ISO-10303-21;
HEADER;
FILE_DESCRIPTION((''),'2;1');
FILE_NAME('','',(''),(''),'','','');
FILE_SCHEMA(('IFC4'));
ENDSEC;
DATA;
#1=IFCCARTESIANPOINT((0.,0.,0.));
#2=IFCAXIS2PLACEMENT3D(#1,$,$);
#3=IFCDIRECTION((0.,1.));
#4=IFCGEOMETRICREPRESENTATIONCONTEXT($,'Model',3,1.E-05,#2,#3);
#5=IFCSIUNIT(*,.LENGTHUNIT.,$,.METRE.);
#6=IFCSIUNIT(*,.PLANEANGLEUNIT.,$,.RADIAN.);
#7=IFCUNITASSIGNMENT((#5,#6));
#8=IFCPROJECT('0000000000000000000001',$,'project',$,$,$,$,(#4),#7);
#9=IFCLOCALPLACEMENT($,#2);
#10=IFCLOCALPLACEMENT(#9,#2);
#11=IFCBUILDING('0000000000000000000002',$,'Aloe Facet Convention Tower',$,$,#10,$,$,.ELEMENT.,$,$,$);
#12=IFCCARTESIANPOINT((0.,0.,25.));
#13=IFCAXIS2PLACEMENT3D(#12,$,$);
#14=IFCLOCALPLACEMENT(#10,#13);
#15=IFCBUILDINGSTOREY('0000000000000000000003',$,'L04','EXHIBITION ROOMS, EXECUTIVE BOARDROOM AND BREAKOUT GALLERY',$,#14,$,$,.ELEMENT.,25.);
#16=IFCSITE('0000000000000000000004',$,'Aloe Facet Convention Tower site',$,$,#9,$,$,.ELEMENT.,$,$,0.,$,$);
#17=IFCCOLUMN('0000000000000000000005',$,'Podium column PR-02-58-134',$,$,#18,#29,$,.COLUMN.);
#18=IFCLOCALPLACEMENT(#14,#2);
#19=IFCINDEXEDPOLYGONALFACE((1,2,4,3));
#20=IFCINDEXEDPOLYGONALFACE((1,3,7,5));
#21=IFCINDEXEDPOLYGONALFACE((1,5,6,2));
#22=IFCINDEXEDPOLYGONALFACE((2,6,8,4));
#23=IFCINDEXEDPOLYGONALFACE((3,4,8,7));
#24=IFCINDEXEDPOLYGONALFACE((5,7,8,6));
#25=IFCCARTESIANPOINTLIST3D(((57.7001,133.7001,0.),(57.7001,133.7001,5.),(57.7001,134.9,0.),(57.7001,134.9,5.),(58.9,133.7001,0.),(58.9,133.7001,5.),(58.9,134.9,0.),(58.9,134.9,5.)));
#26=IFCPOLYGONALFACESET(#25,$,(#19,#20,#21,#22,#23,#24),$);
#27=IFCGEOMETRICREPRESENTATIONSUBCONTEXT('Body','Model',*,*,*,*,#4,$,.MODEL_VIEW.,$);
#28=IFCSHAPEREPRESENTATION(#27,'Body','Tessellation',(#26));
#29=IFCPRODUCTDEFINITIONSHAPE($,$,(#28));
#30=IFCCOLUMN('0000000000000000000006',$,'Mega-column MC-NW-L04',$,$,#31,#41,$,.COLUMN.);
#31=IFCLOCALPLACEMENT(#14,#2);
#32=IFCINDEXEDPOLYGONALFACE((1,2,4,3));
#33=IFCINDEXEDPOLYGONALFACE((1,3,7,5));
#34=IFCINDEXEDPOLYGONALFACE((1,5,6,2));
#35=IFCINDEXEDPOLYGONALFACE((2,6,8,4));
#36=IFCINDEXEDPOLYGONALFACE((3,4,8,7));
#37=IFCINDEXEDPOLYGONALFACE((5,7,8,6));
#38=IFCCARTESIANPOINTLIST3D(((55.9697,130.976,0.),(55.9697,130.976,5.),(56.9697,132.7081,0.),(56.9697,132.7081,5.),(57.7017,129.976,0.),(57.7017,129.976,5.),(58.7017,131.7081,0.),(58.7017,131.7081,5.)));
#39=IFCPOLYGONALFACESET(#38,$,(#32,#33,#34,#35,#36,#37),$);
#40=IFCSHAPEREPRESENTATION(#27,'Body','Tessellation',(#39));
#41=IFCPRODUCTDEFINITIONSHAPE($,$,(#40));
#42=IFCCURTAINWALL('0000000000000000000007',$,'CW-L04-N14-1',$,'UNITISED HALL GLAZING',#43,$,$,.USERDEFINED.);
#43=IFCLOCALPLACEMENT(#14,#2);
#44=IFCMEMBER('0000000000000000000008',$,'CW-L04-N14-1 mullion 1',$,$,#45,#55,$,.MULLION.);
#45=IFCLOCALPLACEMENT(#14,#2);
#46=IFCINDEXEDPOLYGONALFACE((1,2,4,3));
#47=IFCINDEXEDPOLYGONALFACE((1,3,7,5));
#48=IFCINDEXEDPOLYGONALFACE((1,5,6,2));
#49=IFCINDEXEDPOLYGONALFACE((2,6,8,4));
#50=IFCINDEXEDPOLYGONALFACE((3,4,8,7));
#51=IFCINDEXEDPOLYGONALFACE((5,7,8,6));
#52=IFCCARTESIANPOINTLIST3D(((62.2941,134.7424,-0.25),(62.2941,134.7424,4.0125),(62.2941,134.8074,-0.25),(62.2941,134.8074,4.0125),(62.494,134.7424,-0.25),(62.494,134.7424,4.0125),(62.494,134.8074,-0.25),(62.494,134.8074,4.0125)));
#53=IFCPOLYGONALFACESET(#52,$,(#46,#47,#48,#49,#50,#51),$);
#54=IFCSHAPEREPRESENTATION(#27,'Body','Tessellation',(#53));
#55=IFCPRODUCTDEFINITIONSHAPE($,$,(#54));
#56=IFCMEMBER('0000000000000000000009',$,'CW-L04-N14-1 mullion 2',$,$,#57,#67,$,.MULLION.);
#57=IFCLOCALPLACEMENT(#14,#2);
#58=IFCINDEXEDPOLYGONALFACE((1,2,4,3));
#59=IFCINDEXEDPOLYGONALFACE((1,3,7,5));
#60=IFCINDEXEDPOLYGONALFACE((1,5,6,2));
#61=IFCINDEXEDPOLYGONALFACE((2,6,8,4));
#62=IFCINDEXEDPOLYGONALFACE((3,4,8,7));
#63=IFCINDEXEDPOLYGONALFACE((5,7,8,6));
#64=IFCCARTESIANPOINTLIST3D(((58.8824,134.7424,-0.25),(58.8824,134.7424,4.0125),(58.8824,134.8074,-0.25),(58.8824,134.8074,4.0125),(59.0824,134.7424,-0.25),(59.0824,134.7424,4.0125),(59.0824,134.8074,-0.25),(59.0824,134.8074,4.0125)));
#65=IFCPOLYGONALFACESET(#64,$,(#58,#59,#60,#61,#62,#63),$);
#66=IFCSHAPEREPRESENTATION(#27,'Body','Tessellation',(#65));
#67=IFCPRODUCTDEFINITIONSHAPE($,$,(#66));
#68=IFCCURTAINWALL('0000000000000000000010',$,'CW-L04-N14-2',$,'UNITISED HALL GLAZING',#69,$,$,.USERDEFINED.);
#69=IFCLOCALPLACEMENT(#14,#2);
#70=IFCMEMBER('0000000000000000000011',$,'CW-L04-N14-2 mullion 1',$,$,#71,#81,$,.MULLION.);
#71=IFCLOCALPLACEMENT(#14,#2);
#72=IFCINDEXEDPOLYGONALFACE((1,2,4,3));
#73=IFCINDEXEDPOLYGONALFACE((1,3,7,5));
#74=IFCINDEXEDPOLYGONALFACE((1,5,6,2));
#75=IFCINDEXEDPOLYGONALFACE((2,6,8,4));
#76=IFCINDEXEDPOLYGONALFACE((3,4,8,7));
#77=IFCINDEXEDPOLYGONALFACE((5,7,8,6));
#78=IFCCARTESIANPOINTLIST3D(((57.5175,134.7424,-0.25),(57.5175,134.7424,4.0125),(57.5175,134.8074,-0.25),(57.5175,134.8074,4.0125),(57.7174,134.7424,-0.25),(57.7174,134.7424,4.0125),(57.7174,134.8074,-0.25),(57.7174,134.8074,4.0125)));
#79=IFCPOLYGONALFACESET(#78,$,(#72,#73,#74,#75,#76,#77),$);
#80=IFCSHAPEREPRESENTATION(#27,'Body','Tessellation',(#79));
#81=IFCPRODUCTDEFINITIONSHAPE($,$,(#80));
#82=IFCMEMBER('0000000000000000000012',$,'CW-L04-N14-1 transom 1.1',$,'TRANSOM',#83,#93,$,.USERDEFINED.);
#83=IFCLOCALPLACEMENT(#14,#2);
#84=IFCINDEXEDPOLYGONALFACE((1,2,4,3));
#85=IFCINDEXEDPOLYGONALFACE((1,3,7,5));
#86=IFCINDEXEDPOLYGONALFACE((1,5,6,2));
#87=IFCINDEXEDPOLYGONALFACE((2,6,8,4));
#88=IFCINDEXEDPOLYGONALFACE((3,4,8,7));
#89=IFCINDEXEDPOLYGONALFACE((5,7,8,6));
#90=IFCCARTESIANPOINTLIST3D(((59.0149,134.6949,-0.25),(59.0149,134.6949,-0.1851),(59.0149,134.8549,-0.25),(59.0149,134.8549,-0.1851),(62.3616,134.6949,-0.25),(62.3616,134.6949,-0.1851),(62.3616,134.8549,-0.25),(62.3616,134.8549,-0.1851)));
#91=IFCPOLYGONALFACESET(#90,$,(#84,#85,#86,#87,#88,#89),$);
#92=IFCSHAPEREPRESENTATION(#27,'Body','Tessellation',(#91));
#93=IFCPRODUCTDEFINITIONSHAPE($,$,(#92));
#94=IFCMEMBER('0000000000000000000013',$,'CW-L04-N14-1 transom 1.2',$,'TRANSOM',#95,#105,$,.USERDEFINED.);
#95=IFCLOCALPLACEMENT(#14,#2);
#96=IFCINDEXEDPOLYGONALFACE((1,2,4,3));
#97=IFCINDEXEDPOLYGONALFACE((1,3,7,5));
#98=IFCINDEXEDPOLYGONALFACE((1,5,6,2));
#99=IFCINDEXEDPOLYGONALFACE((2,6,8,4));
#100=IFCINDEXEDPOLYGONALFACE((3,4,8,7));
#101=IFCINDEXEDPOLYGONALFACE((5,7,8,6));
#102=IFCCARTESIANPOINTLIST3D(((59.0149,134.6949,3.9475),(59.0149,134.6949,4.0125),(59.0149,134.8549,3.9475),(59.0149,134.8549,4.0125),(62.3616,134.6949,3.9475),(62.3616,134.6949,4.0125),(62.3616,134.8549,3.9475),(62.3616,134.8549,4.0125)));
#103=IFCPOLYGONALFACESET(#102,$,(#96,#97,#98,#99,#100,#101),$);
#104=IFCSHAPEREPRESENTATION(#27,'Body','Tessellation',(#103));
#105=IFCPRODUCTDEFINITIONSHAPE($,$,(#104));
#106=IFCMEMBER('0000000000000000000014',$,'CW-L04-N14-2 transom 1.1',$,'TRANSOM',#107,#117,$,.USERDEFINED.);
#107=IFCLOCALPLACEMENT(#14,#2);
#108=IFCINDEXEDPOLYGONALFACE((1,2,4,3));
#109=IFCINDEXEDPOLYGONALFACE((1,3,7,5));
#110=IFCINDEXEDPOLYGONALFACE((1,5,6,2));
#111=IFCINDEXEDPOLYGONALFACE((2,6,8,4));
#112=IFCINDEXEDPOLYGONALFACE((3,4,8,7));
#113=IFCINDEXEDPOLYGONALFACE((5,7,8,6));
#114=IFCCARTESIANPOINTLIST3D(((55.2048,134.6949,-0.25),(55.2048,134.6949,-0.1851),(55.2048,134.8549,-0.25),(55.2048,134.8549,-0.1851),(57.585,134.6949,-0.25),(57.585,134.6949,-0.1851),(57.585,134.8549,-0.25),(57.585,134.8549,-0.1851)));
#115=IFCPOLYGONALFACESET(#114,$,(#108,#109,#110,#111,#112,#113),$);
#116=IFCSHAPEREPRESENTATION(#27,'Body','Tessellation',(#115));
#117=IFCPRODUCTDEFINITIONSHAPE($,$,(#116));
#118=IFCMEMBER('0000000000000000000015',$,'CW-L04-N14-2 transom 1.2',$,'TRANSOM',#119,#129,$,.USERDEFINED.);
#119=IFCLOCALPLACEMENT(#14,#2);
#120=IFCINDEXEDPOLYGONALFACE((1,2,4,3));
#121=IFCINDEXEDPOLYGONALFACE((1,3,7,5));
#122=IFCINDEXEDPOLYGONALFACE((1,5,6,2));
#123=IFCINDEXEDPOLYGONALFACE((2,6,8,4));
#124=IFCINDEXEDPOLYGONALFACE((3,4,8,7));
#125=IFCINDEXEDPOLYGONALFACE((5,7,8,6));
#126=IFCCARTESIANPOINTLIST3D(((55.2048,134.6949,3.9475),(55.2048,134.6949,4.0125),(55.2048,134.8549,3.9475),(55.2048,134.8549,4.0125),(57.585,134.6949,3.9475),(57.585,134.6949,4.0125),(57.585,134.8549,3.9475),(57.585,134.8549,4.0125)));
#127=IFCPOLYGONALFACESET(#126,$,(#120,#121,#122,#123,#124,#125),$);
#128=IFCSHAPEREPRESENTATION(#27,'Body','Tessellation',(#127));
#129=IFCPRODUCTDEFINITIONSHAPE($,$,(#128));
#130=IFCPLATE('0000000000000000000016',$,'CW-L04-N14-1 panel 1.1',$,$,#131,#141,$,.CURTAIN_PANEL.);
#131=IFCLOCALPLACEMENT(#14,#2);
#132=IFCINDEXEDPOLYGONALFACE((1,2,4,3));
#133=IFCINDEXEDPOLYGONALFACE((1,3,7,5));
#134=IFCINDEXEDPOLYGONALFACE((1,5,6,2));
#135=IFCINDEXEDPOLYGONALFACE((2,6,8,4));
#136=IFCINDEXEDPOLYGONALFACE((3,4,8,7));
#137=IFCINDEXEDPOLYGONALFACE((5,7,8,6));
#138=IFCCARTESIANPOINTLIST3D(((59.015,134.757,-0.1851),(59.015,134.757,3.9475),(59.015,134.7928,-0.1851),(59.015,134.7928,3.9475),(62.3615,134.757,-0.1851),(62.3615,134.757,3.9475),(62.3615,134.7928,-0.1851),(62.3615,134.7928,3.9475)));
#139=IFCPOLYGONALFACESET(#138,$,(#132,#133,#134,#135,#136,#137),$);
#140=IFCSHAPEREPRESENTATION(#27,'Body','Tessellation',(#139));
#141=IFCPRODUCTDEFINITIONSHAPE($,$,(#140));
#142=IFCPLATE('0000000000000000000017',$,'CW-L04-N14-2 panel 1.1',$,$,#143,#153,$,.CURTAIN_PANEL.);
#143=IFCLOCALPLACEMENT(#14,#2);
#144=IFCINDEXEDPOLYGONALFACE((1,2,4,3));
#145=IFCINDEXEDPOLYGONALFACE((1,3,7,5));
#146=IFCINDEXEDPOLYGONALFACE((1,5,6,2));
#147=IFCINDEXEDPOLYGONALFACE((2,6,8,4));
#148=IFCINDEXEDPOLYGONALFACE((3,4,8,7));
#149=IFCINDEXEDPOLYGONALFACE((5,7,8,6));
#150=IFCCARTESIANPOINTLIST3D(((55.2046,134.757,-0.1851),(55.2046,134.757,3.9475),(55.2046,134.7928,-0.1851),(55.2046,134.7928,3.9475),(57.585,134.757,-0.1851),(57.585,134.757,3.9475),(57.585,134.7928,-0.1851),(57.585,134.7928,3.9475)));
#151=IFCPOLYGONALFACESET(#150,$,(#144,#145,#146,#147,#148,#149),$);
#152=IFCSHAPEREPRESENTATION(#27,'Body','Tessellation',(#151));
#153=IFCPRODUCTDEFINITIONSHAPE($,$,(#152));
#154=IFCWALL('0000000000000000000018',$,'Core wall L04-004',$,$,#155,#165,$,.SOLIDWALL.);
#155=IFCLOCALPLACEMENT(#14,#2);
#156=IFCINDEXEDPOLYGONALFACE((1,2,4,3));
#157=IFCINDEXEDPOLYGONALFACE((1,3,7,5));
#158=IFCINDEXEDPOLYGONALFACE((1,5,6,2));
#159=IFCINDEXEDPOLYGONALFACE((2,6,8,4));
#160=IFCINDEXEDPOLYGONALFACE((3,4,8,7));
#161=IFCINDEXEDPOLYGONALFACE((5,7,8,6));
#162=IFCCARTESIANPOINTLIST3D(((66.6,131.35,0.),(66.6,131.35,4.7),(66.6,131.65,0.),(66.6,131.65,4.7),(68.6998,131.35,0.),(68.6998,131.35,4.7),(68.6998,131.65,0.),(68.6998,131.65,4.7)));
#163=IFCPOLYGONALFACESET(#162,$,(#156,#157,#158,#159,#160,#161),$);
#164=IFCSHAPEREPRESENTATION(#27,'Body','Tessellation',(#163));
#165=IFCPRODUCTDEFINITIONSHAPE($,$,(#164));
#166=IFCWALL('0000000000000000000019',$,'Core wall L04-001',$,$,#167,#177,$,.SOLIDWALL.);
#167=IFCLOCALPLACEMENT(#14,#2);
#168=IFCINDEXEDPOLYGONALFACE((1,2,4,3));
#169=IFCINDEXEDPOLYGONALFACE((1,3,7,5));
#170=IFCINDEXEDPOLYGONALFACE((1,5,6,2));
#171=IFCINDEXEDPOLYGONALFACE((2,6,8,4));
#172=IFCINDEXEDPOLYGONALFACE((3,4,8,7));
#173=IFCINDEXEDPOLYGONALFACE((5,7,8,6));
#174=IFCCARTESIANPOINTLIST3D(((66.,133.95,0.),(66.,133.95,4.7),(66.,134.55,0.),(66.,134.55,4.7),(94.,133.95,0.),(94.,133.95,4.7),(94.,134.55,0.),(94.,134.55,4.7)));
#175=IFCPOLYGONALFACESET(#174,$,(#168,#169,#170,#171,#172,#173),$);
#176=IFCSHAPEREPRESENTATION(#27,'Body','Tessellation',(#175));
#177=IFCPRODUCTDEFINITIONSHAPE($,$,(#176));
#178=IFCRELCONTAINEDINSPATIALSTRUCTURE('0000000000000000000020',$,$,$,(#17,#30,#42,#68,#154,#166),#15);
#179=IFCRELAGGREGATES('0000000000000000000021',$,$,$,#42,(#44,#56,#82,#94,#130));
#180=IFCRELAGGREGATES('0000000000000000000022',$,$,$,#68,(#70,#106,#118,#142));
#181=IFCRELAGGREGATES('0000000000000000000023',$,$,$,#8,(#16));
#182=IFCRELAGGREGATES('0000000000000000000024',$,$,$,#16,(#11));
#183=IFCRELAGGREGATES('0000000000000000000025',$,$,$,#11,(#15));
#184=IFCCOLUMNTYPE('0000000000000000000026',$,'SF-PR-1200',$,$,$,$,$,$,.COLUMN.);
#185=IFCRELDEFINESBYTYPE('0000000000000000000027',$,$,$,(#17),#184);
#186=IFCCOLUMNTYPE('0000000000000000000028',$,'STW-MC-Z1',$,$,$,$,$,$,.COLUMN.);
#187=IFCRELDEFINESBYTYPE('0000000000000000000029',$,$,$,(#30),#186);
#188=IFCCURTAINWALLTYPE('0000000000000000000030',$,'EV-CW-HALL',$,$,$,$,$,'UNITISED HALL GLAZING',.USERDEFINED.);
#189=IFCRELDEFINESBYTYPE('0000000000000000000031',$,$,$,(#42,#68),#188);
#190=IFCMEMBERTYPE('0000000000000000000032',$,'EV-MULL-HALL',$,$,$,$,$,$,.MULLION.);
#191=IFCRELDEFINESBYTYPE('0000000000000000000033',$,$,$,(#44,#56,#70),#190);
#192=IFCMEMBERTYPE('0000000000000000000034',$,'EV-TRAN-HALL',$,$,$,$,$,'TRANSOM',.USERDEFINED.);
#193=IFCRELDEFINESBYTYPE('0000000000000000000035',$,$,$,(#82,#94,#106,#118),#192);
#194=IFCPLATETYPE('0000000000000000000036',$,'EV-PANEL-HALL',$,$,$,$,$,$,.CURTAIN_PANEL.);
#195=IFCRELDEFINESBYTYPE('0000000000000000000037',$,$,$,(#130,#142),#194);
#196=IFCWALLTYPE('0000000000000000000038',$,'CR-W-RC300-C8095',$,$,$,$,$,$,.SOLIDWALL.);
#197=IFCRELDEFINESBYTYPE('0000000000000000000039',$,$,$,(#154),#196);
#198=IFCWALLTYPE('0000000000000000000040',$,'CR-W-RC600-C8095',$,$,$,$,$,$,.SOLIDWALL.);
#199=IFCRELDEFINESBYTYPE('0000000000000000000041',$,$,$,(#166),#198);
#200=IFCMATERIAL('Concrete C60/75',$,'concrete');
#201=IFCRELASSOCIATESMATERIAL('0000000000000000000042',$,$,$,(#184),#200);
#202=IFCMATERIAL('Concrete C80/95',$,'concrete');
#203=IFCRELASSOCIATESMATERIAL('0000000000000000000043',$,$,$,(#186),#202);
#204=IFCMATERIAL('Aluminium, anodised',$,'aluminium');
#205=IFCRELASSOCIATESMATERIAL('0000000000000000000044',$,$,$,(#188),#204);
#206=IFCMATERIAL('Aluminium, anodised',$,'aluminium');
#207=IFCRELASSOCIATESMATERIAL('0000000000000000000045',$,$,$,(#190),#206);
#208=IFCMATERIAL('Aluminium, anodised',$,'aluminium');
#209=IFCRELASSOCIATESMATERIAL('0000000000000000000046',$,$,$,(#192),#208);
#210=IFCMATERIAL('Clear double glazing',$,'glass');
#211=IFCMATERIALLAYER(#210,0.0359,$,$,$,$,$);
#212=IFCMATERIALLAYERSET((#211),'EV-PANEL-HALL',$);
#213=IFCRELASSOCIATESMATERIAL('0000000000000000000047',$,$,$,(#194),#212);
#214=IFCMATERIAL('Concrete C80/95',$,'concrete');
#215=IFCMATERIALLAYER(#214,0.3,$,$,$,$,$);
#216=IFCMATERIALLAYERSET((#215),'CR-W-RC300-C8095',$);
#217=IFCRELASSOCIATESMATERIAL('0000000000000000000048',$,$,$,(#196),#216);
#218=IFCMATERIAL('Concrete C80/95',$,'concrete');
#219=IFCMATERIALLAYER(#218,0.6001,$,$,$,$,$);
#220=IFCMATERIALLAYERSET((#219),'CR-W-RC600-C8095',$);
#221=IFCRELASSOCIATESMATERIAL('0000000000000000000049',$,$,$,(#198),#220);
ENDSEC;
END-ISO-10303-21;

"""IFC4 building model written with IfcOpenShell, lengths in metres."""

from ifc_helpers import new_model, si_unit, direction, frame, frame_2d, origin, origin_2d, place, context, subcontext, project, spatial, rectangle, extrude, material, layer, layer_set, material_profile, profile_set, type_object, element, aggregate, save


model = new_model("IFC4")

# Units and contexts
model_context = context("Model", 3, precision=1e-05, world=origin(), true_north=direction((0.0, 1.0)))
body_context = subcontext(model_context, "Body", "Model", "MODEL_VIEW")
ifc_project = project(units=[si_unit("LENGTHUNIT", "METRE"), si_unit("PLANEANGLEUNIT", "RADIAN")], contexts=[model_context])

# Site, building, storey
site_placement = place(None, origin())
site = spatial("IfcSite", under=ifc_project, at=site_placement, Name="Aloe Facet Convention Tower site", CompositionType="ELEMENT", RefElevation=0.0)
building_placement = place(site_placement, origin())
building = spatial("IfcBuilding", under=site, at=building_placement, Name="Aloe Facet Convention Tower", CompositionType="ELEMENT")
storey_placement = place(building_placement, frame((0.0, 0.0, 25.0)))
storey = spatial("IfcBuildingStorey", under=building, at=storey_placement, Name="L04", Description="EXHIBITION ROOMS, EXECUTIVE BOARDROOM AND BREAKOUT GALLERY", CompositionType="ELEMENT", Elevation=25.0)

# Columns
ifc_material_1 = material(Name="Concrete C60/75", Category="concrete")
ifc_material_profile_1 = material_profile(ifc_material_1, rectangle(XDim=1.2, YDim=1.2, at=origin_2d()), Name="SF-PR-1200")
ifc_profile_set_1 = profile_set([ifc_material_profile_1], Name="Concrete C60/75")
column_type_1 = type_object("IfcColumnType", Name="SF-PR-1200", PredefinedType="COLUMN", material=ifc_profile_set_1)
column_1_placement = place(storey_placement, frame((58.3, 134.3, 0.0), z_axis=(0.0, 0.0, 1.0), x_axis=(1.0, 0.0, 0.0)))
element("IfcColumn", 1, at=column_1_placement, inside=storey, type_object=column_type_1, Name="Podium column PR-02-58-134", PredefinedType="COLUMN", context=body_context, shape_type="SweptSolid", body=[
    extrude(rectangle(XDim=1.2, YDim=1.2, at=origin_2d()), origin(), (0.0, 0.0, 1.0), 5.0),
])
ifc_material_2 = material(Name="Concrete C80/95", Category="concrete")
ifc_material_profile_2 = material_profile(ifc_material_2, rectangle(XDim=2.0, YDim=2.0, at=origin_2d()), Name="STW-MC-Z1")
ifc_profile_set_2 = profile_set([ifc_material_profile_2], Name="Concrete C80/95")
column_type_2 = type_object("IfcColumnType", Name="STW-MC-Z1", PredefinedType="COLUMN", material=ifc_profile_set_2)
column_2_placement = place(storey_placement, frame((57.3357, 131.342, 0.0), z_axis=(0.0, 0.0, 1.0), x_axis=(-0.5, -0.866025, 0.0)))
element("IfcColumn", 2, at=column_2_placement, inside=storey, type_object=column_type_2, Name="Mega-column MC-NW-L04", PredefinedType="COLUMN", context=body_context, shape_type="SweptSolid", body=[
    extrude(rectangle(XDim=2.0, YDim=2.0, at=origin_2d()), origin(), (0.0, 0.0, 1.0), 5.0),
])

# Curtain wall, members
ifc_material_3 = material(Name="Aluminium, anodised", Category="aluminium")
curtain_wall_type = type_object("IfcCurtainWallType", Name="EV-CW-HALL", ElementType="UNITISED HALL GLAZING", PredefinedType="USERDEFINED", material=ifc_material_3)
curtain_wall_1_placement = place(storey_placement, origin())
curtain_wall_1 = element("IfcCurtainWall", 3, at=curtain_wall_1_placement, inside=storey, type_object=curtain_wall_type, Name="CW-L04-N14-1", ObjectType="UNITISED HALL GLAZING", PredefinedType="USERDEFINED")
ifc_material_4 = material(Name="Aluminium, anodised", Category="aluminium")
ifc_material_profile_3 = material_profile(ifc_material_4, rectangle(XDim=0.0649, YDim=0.2, at=origin_2d()), Name="AL 65x200")
ifc_profile_set_3 = profile_set([ifc_material_profile_3], Name="Aluminium, anodised")
member_type_1 = type_object("IfcMemberType", Name="EV-MULL-HALL", PredefinedType="MULLION", material=ifc_profile_set_3)
member_1_placement = place(storey_placement, frame((62.394, 134.7749, -0.25), z_axis=(0.0, 0.0, 1.0), x_axis=(0.0, -1.0, 0.0)))
member_1 = element("IfcMember", 4, at=member_1_placement, type_object=member_type_1, Name="CW-L04-N14-1 mullion 1", PredefinedType="MULLION", context=body_context, shape_type="SweptSolid", body=[
    extrude(rectangle(XDim=0.0649, YDim=0.2, at=origin_2d()), origin(), (0.0, 0.0, 1.0), 4.2625),
])
member_2_placement = place(storey_placement, frame((58.9824, 134.7749, -0.25), z_axis=(0.0, 0.0, 1.0), x_axis=(0.0, -1.0, 0.0)))
member_2 = element("IfcMember", 5, at=member_2_placement, type_object=member_type_1, Name="CW-L04-N14-1 mullion 2", PredefinedType="MULLION", context=body_context, shape_type="SweptSolid", body=[
    extrude(rectangle(XDim=0.0649, YDim=0.2, at=origin_2d()), origin(), (0.0, 0.0, 1.0), 4.2625),
])

# Curtain wall, member
curtain_wall_2_placement = place(storey_placement, origin())
curtain_wall_2 = element("IfcCurtainWall", 6, at=curtain_wall_2_placement, inside=storey, type_object=curtain_wall_type, Name="CW-L04-N14-2", ObjectType="UNITISED HALL GLAZING", PredefinedType="USERDEFINED")
member_3_placement = place(storey_placement, frame((57.6174, 134.7749, -0.25), z_axis=(0.0, 0.0, 1.0), x_axis=(0.0, -1.0, 0.0)))
member_3 = element("IfcMember", 7, at=member_3_placement, type_object=member_type_1, Name="CW-L04-N14-2 mullion 1", PredefinedType="MULLION", context=body_context, shape_type="SweptSolid", body=[
    extrude(rectangle(XDim=0.0649, YDim=0.2, at=origin_2d()), origin(), (0.0, 0.0, 1.0), 4.2625),
])

# Members
ifc_material_5 = material(Name="Aluminium, anodised", Category="aluminium")
ifc_material_profile_4 = material_profile(ifc_material_5, rectangle(XDim=0.1599, YDim=0.0649, at=origin_2d()), Name="AL 160x65")
ifc_profile_set_4 = profile_set([ifc_material_profile_4], Name="Aluminium, anodised")
member_type_2 = type_object("IfcMemberType", Name="EV-TRAN-HALL", ElementType="TRANSOM", PredefinedType="USERDEFINED", material=ifc_profile_set_4)
member_4_placement = place(storey_placement, frame((62.3616, 134.7749, -0.2175), z_axis=(-1.0, 0.0, 0.0), x_axis=(0.0, -1.0, 0.0)))
member_4 = element("IfcMember", 8, at=member_4_placement, type_object=member_type_2, Name="CW-L04-N14-1 transom 1.1", ObjectType="TRANSOM", PredefinedType="USERDEFINED", context=body_context, shape_type="SweptSolid", body=[
    extrude(rectangle(XDim=0.1599, YDim=0.0649, at=origin_2d()), origin(), (0.0, 0.0, 1.0), 3.3467),
])
member_5_placement = place(storey_placement, frame((62.3616, 134.7749, 3.98), z_axis=(-1.0, 0.0, 0.0), x_axis=(0.0, -1.0, 0.0)))
member_5 = element("IfcMember", 9, at=member_5_placement, type_object=member_type_2, Name="CW-L04-N14-1 transom 1.2", ObjectType="TRANSOM", PredefinedType="USERDEFINED", context=body_context, shape_type="SweptSolid", body=[
    extrude(rectangle(XDim=0.1599, YDim=0.0649, at=origin_2d()), origin(), (0.0, 0.0, 1.0), 3.3467),
])
member_6_placement = place(storey_placement, frame((57.585, 134.7749, -0.2175), z_axis=(-1.0, 0.0, 0.0), x_axis=(0.0, -1.0, 0.0)))
member_6 = element("IfcMember", 10, at=member_6_placement, type_object=member_type_2, Name="CW-L04-N14-2 transom 1.1", ObjectType="TRANSOM", PredefinedType="USERDEFINED", context=body_context, shape_type="SweptSolid", body=[
    extrude(rectangle(XDim=0.1599, YDim=0.0649, at=origin_2d()), origin(), (0.0, 0.0, 1.0), 2.3801),
])
member_7_placement = place(storey_placement, frame((57.585, 134.7749, 3.98), z_axis=(-1.0, 0.0, 0.0), x_axis=(0.0, -1.0, 0.0)))
member_7 = element("IfcMember", 11, at=member_7_placement, type_object=member_type_2, Name="CW-L04-N14-2 transom 1.2", ObjectType="TRANSOM", PredefinedType="USERDEFINED", context=body_context, shape_type="SweptSolid", body=[
    extrude(rectangle(XDim=0.1599, YDim=0.0649, at=origin_2d()), origin(), (0.0, 0.0, 1.0), 2.3801),
])

# Plates
ifc_material_6 = material(Name="Clear double glazing", Category="glass")
ifc_layer_1 = layer(ifc_material_6, 0.0359)
ifc_layer_set_1 = layer_set([ifc_layer_1], Name="EV-PANEL-HALL")
plate_type = type_object("IfcPlateType", Name="EV-PANEL-HALL", PredefinedType="CURTAIN_PANEL", material=ifc_layer_set_1)
plate_1_placement = place(storey_placement, frame((60.6882, 134.7749, -0.1851), z_axis=(0.0, 0.0, 1.0), x_axis=(-1.0, 0.0, 0.0)))
plate_1 = element("IfcPlate", 12, at=plate_1_placement, type_object=plate_type, Name="CW-L04-N14-1 panel 1.1", PredefinedType="CURTAIN_PANEL", context=body_context, shape_type="SweptSolid", body=[
    extrude(rectangle(XDim=3.3464, YDim=0.0359, at=origin_2d()), origin(), (0.0, 0.0, 1.0), 4.1326),
])
aggregate(curtain_wall_1, [member_1, member_2, member_4, member_5, plate_1])
plate_2_placement = place(storey_placement, frame((56.3948, 134.7749, -0.1851), z_axis=(0.0, 0.0, 1.0), x_axis=(-1.0, 0.0, 0.0)))
plate_2 = element("IfcPlate", 13, at=plate_2_placement, type_object=plate_type, Name="CW-L04-N14-2 panel 1.1", PredefinedType="CURTAIN_PANEL", context=body_context, shape_type="SweptSolid", body=[
    extrude(rectangle(XDim=2.3804, YDim=0.0359, at=origin_2d()), origin(), (0.0, 0.0, 1.0), 4.1326),
])
aggregate(curtain_wall_2, [member_3, member_6, member_7, plate_2])

# Walls
ifc_material_7 = material(Name="Concrete C80/95", Category="concrete")
ifc_layer_2 = layer(ifc_material_7, 0.3)
ifc_layer_set_2 = layer_set([ifc_layer_2], Name="CR-W-RC300-C8095")
wall_type_1 = type_object("IfcWallType", Name="CR-W-RC300-C8095", PredefinedType="SOLIDWALL", material=ifc_layer_set_2)
wall_1_placement = place(storey_placement, frame((66.6001, 131.5, 0.0), z_axis=(0.0, 0.0, 1.0), x_axis=(1.0, 0.0, 0.0)))
element("IfcWall", 14, at=wall_1_placement, inside=storey, type_object=wall_type_1, Name="Core wall L04-004", PredefinedType="SOLIDWALL", context=body_context, shape_type="SweptSolid", body=[
    extrude(rectangle(XDim=2.0999, YDim=0.3, at=frame_2d((1.0498, 0.0))), origin(), (0.0, 0.0, 1.0), 4.7),
])
ifc_material_8 = material(Name="Concrete C80/95", Category="concrete")
ifc_layer_3 = layer(ifc_material_8, 0.6001)
ifc_layer_set_3 = layer_set([ifc_layer_3], Name="CR-W-RC600-C8095")
wall_type_2 = type_object("IfcWallType", Name="CR-W-RC600-C8095", PredefinedType="SOLIDWALL", material=ifc_layer_set_3)
wall_2_placement = place(storey_placement, frame((66.0, 134.25, 0.0), z_axis=(0.0, 0.0, 1.0), x_axis=(1.0, 0.0, 0.0)))
element("IfcWall", 15, at=wall_2_placement, inside=storey, type_object=wall_type_2, Name="Core wall L04-001", PredefinedType="SOLIDWALL", context=body_context, shape_type="SweptSolid", body=[
    extrude(rectangle(XDim=28.0, YDim=0.6001, at=frame_2d((14.0, 0.0))), origin(), (0.0, 0.0, 1.0), 4.7),
])

save(model, "model.ifc")
